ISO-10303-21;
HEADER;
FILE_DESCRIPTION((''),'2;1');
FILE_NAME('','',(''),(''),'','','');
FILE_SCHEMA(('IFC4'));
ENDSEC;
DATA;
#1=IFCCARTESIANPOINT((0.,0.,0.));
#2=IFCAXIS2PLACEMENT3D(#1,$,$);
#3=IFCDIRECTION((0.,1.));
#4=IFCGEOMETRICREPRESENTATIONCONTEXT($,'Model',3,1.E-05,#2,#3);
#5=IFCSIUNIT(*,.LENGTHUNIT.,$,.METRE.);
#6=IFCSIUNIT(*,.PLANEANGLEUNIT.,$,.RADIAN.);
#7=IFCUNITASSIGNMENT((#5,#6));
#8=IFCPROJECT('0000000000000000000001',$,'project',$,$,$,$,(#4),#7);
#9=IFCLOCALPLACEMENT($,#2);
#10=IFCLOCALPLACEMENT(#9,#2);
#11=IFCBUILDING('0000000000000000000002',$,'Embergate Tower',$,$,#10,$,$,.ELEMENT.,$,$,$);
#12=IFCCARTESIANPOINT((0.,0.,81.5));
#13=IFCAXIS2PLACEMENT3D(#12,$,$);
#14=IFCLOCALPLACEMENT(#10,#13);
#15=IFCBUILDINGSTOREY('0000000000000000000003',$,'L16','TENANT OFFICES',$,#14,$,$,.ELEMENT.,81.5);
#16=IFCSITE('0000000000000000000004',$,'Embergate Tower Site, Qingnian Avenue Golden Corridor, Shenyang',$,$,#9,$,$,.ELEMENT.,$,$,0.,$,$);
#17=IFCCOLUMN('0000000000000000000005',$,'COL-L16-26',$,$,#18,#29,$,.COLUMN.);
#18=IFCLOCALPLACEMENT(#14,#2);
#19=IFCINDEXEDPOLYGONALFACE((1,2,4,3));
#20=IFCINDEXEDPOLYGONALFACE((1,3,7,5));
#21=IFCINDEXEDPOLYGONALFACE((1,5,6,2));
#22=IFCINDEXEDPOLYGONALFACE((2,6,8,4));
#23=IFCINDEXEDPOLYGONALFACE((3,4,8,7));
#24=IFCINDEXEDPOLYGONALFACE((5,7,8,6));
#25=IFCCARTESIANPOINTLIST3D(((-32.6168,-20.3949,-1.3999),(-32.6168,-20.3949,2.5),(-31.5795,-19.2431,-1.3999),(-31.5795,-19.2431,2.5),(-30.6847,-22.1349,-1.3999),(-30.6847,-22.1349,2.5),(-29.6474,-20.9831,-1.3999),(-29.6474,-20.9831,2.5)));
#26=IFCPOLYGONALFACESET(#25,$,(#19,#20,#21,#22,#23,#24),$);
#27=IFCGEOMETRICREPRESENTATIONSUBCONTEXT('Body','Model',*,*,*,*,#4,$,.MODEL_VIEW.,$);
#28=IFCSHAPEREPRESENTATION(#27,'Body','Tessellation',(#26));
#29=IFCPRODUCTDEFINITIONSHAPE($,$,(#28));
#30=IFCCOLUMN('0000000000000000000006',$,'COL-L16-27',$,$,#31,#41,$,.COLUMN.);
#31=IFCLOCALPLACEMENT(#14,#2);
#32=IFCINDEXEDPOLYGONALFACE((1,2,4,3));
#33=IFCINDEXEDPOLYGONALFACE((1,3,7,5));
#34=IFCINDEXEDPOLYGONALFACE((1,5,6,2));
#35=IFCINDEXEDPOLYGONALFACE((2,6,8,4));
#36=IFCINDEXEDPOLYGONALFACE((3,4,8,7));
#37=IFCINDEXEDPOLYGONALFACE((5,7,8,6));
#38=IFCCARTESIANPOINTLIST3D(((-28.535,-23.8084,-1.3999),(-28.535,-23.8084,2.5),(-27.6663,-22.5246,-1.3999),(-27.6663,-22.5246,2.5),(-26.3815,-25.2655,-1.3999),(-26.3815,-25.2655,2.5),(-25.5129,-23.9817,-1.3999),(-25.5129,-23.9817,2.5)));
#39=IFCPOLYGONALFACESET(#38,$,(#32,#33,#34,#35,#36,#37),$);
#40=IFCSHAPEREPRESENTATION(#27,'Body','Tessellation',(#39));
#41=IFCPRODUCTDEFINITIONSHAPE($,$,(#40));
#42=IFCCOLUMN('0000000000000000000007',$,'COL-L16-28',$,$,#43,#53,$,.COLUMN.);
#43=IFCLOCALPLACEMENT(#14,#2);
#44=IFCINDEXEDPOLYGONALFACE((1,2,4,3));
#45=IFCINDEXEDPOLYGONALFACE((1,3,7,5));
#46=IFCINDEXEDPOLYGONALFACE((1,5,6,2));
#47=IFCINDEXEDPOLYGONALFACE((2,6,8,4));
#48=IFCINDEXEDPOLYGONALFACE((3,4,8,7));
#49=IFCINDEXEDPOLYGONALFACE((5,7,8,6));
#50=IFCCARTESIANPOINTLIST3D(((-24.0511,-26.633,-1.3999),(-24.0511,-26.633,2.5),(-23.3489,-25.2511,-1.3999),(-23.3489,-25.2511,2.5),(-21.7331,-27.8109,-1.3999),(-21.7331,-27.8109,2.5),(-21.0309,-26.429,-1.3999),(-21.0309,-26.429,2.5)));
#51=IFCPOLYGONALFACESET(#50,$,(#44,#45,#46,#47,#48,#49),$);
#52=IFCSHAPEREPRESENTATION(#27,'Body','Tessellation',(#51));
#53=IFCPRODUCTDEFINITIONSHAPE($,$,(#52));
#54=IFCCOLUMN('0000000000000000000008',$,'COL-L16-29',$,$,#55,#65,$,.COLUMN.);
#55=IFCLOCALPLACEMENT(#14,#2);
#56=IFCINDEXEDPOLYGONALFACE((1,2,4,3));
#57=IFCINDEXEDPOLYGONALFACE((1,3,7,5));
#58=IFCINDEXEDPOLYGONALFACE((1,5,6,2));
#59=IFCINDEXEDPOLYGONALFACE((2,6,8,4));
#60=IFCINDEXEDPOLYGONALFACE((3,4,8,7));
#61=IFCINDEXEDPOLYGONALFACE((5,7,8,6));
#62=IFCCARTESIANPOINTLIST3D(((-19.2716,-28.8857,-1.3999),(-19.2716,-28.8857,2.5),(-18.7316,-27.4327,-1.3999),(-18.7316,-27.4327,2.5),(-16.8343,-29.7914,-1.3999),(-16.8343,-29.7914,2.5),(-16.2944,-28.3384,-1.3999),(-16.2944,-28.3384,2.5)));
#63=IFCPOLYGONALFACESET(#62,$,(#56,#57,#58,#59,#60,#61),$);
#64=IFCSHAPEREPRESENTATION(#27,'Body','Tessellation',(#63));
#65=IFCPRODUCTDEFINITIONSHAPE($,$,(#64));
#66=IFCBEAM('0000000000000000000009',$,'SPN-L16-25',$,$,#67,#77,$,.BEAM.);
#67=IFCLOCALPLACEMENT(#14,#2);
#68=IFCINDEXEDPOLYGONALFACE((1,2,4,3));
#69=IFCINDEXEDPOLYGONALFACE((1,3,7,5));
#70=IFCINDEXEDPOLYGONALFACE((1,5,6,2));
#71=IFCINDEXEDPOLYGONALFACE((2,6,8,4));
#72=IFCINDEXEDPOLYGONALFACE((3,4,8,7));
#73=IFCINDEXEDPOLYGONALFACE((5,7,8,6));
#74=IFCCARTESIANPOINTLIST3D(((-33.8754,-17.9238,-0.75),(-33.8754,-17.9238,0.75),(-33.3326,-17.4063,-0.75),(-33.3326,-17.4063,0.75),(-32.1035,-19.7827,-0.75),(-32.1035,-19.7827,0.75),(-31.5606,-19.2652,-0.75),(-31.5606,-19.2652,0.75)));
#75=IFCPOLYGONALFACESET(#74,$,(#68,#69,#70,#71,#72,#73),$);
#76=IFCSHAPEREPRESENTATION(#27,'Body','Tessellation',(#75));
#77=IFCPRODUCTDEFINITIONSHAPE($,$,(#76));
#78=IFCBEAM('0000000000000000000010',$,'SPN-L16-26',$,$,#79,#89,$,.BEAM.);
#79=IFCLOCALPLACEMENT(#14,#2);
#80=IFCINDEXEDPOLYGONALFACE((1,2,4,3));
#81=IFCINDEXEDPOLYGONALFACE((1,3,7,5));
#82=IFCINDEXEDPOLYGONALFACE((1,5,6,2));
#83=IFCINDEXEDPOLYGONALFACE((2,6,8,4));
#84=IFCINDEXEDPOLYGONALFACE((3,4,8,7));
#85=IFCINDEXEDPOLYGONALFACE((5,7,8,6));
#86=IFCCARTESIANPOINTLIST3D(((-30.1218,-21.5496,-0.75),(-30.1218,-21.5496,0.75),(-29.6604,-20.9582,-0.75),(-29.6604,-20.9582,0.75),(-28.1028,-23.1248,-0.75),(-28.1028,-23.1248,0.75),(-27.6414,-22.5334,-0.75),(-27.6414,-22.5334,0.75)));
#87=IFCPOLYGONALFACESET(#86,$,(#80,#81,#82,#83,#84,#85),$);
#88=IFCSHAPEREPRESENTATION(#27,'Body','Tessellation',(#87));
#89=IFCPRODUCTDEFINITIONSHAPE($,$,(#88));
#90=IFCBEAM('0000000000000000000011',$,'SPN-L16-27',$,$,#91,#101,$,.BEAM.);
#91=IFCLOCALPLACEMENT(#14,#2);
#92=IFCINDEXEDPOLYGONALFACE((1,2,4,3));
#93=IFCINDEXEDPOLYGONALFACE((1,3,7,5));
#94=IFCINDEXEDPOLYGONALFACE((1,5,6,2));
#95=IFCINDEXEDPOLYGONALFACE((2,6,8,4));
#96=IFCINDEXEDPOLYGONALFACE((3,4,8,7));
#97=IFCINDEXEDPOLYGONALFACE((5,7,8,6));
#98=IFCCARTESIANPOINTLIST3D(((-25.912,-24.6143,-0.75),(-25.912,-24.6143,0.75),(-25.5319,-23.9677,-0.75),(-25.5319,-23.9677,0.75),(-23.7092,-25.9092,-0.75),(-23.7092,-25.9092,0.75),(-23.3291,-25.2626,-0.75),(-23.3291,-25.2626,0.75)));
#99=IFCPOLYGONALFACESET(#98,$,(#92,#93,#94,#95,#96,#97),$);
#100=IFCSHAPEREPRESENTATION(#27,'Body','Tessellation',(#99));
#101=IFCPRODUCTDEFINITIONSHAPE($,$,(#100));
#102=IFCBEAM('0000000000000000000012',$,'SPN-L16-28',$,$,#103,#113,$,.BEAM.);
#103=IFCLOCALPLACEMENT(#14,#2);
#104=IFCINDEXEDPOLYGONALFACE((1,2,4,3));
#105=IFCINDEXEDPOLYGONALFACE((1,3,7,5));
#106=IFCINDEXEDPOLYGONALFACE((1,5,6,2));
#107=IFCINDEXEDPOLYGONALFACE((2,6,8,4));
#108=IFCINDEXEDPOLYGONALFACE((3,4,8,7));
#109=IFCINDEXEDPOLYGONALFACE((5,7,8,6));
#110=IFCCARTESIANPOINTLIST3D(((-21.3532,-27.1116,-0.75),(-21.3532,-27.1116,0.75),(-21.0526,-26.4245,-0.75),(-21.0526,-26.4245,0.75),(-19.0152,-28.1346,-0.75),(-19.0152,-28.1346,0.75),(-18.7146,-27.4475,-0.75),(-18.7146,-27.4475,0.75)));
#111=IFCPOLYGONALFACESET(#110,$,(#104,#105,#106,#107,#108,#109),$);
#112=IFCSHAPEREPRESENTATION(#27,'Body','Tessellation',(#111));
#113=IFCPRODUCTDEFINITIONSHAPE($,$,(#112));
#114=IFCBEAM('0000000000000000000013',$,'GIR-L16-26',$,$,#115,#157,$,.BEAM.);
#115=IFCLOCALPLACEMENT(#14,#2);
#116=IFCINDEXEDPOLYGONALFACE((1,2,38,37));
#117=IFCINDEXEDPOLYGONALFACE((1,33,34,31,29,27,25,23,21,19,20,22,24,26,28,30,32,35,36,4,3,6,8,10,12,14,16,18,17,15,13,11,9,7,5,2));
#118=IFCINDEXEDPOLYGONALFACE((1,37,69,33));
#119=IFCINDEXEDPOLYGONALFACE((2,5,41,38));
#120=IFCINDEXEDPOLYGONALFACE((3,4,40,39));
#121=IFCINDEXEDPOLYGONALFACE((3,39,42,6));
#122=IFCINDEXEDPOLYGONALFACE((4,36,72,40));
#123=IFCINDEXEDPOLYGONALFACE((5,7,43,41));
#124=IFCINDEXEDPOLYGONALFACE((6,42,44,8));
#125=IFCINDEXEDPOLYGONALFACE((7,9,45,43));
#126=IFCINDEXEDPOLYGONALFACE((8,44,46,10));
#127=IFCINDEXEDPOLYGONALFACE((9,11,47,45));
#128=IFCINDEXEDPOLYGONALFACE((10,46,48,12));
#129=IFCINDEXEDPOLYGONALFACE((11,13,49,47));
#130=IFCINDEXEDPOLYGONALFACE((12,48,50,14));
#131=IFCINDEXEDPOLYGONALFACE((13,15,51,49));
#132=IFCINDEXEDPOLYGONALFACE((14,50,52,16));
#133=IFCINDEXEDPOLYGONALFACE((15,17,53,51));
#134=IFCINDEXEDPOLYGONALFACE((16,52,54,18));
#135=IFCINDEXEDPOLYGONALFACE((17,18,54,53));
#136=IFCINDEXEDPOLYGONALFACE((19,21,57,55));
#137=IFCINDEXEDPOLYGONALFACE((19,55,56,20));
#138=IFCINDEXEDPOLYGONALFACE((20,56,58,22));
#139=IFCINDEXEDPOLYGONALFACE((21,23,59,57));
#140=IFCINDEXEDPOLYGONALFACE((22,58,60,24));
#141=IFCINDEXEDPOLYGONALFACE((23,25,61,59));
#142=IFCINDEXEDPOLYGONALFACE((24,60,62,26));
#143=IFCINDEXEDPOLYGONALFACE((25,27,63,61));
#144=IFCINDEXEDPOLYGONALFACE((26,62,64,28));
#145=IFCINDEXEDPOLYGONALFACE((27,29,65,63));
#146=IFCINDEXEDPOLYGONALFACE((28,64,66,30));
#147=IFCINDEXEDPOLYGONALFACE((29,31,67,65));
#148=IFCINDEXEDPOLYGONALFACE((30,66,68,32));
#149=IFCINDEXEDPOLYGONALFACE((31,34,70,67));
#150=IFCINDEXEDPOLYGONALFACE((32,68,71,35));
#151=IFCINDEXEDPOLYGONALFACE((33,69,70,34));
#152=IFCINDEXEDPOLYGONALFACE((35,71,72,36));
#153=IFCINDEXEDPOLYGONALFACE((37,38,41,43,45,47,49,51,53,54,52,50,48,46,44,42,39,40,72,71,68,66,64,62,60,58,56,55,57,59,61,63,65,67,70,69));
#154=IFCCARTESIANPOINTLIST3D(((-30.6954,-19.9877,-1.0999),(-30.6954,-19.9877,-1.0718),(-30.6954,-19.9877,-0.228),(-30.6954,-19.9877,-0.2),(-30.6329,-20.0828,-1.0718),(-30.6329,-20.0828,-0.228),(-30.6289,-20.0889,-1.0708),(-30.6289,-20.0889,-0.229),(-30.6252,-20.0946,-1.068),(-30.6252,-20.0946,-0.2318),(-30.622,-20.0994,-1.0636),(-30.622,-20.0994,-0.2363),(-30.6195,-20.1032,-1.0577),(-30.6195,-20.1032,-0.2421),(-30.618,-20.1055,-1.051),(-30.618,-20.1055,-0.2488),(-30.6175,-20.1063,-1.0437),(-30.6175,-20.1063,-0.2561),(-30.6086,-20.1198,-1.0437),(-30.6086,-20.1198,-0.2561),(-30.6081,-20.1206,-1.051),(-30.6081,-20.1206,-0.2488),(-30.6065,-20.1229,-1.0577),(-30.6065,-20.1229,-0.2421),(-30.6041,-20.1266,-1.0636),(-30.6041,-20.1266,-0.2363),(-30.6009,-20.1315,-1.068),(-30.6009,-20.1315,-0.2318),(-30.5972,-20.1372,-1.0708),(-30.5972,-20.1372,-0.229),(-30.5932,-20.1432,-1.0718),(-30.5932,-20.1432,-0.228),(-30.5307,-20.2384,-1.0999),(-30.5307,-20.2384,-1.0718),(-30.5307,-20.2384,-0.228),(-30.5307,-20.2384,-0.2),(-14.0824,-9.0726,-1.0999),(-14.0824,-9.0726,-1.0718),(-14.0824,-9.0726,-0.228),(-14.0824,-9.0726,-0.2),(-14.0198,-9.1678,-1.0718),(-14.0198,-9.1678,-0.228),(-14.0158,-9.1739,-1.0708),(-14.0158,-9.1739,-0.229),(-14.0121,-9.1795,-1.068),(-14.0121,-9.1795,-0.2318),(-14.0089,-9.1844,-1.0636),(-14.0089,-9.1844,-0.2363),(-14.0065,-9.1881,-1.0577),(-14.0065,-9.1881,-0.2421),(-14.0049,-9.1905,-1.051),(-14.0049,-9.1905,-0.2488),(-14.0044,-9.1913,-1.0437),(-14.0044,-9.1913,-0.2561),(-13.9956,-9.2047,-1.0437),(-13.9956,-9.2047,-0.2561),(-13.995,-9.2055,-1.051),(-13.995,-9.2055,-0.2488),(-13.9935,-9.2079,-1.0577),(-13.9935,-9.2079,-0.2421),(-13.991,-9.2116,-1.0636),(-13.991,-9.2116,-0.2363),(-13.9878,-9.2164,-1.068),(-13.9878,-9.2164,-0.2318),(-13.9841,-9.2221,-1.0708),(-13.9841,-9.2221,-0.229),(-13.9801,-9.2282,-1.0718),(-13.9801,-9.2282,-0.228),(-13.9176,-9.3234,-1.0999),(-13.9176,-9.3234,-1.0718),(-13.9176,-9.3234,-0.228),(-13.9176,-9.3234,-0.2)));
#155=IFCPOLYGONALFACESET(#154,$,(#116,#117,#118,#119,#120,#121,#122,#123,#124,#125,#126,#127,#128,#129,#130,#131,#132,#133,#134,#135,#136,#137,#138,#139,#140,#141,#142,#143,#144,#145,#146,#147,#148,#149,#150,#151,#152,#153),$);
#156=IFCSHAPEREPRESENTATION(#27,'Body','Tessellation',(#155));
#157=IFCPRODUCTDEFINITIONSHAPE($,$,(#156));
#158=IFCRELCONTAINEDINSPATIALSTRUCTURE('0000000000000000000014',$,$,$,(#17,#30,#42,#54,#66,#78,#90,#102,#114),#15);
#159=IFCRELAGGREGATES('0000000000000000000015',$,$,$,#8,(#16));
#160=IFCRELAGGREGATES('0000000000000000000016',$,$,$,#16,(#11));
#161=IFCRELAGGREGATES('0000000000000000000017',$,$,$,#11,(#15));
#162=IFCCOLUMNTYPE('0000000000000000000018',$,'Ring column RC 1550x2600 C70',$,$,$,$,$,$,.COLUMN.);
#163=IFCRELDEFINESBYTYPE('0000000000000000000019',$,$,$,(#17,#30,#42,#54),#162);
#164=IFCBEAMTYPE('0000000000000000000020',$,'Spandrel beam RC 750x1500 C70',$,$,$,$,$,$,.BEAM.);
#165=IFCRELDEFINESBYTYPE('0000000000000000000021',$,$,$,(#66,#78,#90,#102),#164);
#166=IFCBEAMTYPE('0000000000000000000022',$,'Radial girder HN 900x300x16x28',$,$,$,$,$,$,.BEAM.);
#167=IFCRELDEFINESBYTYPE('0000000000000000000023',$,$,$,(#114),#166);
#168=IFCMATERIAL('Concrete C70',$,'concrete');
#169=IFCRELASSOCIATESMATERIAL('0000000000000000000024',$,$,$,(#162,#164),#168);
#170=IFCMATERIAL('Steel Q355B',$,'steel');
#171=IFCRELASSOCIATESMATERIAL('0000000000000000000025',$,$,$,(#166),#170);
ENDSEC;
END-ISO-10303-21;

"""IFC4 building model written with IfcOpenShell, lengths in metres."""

from ifc_helpers import new_model, si_unit, direction, frame, origin, origin_2d, place, context, subcontext, project, spatial, rectangle, i_section, extrude, source, transform, mapped, material, material_profile, profile_set, type_object, element, save


model = new_model("IFC4")

# Units and contexts
model_context = context("Model", 3, precision=1e-05, world=origin(), true_north=direction((0.0, 1.0)))
body_context = subcontext(model_context, "Body", "Model", "MODEL_VIEW")
ifc_project = project(units=[si_unit("LENGTHUNIT", "METRE"), si_unit("PLANEANGLEUNIT", "RADIAN")], contexts=[model_context])

# Site, building, storey
site_placement = place(None, origin())
site = spatial("IfcSite", under=ifc_project, at=site_placement, Name="Embergate Tower Site, Qingnian Avenue Golden Corridor, Shenyang", CompositionType="ELEMENT", RefElevation=0.0)
building_placement = place(site_placement, origin())
building = spatial("IfcBuilding", under=site, at=building_placement, Name="Embergate Tower", CompositionType="ELEMENT")
storey_placement = place(building_placement, frame((0.0, 0.0, 81.5)))
storey = spatial("IfcBuildingStorey", under=building, at=storey_placement, Name="L16", Description="TENANT OFFICES", CompositionType="ELEMENT", Elevation=81.5)

# Columns
ifc_material_1 = material(Name="Concrete C70", Category="concrete")
ifc_material_profile_1 = material_profile(ifc_material_1, rectangle(XDim=1.55, YDim=2.6001, at=origin_2d()), Name="RC 1550x2600")
ifc_profile_set_1 = profile_set([ifc_material_profile_1], Name="Concrete C70")
column_type = type_object("IfcColumnType", Name="Ring column RC 1550x2600 C70", PredefinedType="COLUMN", material=ifc_profile_set_1)
shared_shape_1 = source(origin(), body_context, "Body", "SweptSolid", [
    extrude(rectangle(XDim=1.55, YDim=2.6001, at=origin_2d()), origin(), (0.0, 0.0, 1.0), 3.8999),
])
for number, where, z_axis, x_axis, name in (
    (1, (-31.1321, -20.689, -1.3999), (0.0, 0.0, 1.0), (-0.669208, -0.743075, 0.0), "COL-L16-26"),
    (2, (-27.0239, -23.895, -1.3999), (0.0, 0.0, 1.0), (-0.560393, -0.828227, 0.0), "COL-L16-27"),
    (3, (-22.541, -26.531, -1.3999), (0.0, 0.0, 1.0), (-0.452995, -0.891513, 0.0), "COL-L16-28"),
    (4, (-17.783, -28.6121, -1.3999), (0.0, 0.0, 1.0), (-0.348343, -0.937367, 0.0), "COL-L16-29"),
):
    element("IfcColumn", number, at=place(storey_placement, frame(where, z_axis=z_axis, x_axis=x_axis)), inside=storey, type_object=column_type, Name=name, PredefinedType="COLUMN", context=body_context, shape_type="MappedRepresentation", body=[
        mapped(shared_shape_1, transform((0.0, 0.0, 0.0))),
    ])

# Beams
ifc_material_profile_2 = material_profile(ifc_material_1, rectangle(XDim=0.75, YDim=1.5, at=origin_2d()), Name="RC 750x1500")
ifc_profile_set_2 = profile_set([ifc_material_profile_2], Name="Concrete C70")
beam_type_1 = type_object("IfcBeamType", Name="Spandrel beam RC 750x1500 C70", PredefinedType="BEAM", material=ifc_profile_set_2)
shared_shape_2 = source(origin(), body_context, "Body", "SweptSolid", [
    extrude(rectangle(XDim=0.75, YDim=1.5, at=origin_2d()), origin(), (0.0, 0.0, 1.0), 2.5681),
])
beam_1_placement = place(storey_placement, frame((-33.604, -17.665, 0.0), z_axis=(0.689983, -0.723826, 0.0), x_axis=(0.723826, 0.689983, 0.0)))
element("IfcBeam", 5, at=beam_1_placement, inside=storey, type_object=beam_type_1, Name="SPN-L16-25", PredefinedType="BEAM", context=body_context, shape_type="MappedRepresentation", body=[
    mapped(shared_shape_2, transform((0.0, 0.0, 0.0))),
])
shared_shape_3 = source(origin(), body_context, "Body", "SweptSolid", [
    extrude(rectangle(XDim=0.75, YDim=1.5, at=origin_2d()), origin(), (0.0, 0.0, 1.0), 2.5608),
])
beam_2_placement = place(storey_placement, frame((-29.8911, -21.2539, 0.0), z_axis=(0.788438, -0.615115, 0.0), x_axis=(0.615115, 0.788438, 0.0)))
element("IfcBeam", 6, at=beam_2_placement, inside=storey, type_object=beam_type_1, Name="SPN-L16-26", PredefinedType="BEAM", context=body_context, shape_type="MappedRepresentation", body=[
    mapped(shared_shape_3, transform((0.0, 0.0, 0.0))),
])
shared_shape_4 = source(origin(), body_context, "Body", "SweptSolid", [
    extrude(rectangle(XDim=0.75, YDim=1.5, at=origin_2d()), origin(), (0.0, 0.0, 1.0), 2.5552),
])
beam_3_placement = place(storey_placement, frame((-25.7219, -24.291, 0.0), z_axis=(0.862086, -0.506761, 0.0), x_axis=(0.506761, 0.862086, 0.0)))
element("IfcBeam", 7, at=beam_3_placement, inside=storey, type_object=beam_type_1, Name="SPN-L16-27", PredefinedType="BEAM", context=body_context, shape_type="MappedRepresentation", body=[
    mapped(shared_shape_4, transform((0.0, 0.0, 0.0))),
])
shared_shape_5 = source(origin(), body_context, "Body", "SweptSolid", [
    extrude(rectangle(XDim=0.75, YDim=1.5, at=origin_2d()), origin(), (0.0, 0.0, 1.0), 2.552),
])
beam_4_placement = place(storey_placement, frame((-21.2029, -26.7681, 0.0), z_axis=(0.91614, -0.400859, 0.0), x_axis=(0.400859, 0.91614, 0.0)))
element("IfcBeam", 8, at=beam_4_placement, inside=storey, type_object=beam_type_1, Name="SPN-L16-28", PredefinedType="BEAM", context=body_context, shape_type="MappedRepresentation", body=[
    mapped(shared_shape_5, transform((0.0, 0.0, 0.0))),
])
ifc_material_2 = material(Name="Steel Q355B", Category="steel")
ifc_material_profile_3 = material_profile(ifc_material_2, i_section(OverallWidth=0.3, OverallDepth=0.8999, WebThickness=0.0161, FlangeThickness=0.0281, FilletRadius=0.0281, at=origin_2d()), Name="HN 900x300x16x28")
ifc_profile_set_3 = profile_set([ifc_material_profile_3], Name="Steel Q355 grade B")
beam_type_2 = type_object("IfcBeamType", Name="Radial girder HN 900x300x16x28", PredefinedType="BEAM", material=ifc_profile_set_3)
shared_shape_6 = source(origin(), body_context, "Body", "SweptSolid", [
    extrude(i_section(OverallWidth=0.3, OverallDepth=0.8999, WebThickness=0.0161, FlangeThickness=0.0281, FilletRadius=0.0281, at=origin_2d()), origin(), (0.0, 0.0, 1.0), 19.8779),
])
beam_5_placement = place(storey_placement, frame((-30.613, -20.113, -0.6499), z_axis=(0.835754, 0.549104, 0.0), x_axis=(-0.549104, 0.835754, 0.0)))
element("IfcBeam", 9, at=beam_5_placement, inside=storey, type_object=beam_type_2, Name="GIR-L16-26", PredefinedType="BEAM", context=body_context, shape_type="MappedRepresentation", body=[
    mapped(shared_shape_6, transform((0.0, 0.0, 0.0))),
])

save(model, "model.ifc")
